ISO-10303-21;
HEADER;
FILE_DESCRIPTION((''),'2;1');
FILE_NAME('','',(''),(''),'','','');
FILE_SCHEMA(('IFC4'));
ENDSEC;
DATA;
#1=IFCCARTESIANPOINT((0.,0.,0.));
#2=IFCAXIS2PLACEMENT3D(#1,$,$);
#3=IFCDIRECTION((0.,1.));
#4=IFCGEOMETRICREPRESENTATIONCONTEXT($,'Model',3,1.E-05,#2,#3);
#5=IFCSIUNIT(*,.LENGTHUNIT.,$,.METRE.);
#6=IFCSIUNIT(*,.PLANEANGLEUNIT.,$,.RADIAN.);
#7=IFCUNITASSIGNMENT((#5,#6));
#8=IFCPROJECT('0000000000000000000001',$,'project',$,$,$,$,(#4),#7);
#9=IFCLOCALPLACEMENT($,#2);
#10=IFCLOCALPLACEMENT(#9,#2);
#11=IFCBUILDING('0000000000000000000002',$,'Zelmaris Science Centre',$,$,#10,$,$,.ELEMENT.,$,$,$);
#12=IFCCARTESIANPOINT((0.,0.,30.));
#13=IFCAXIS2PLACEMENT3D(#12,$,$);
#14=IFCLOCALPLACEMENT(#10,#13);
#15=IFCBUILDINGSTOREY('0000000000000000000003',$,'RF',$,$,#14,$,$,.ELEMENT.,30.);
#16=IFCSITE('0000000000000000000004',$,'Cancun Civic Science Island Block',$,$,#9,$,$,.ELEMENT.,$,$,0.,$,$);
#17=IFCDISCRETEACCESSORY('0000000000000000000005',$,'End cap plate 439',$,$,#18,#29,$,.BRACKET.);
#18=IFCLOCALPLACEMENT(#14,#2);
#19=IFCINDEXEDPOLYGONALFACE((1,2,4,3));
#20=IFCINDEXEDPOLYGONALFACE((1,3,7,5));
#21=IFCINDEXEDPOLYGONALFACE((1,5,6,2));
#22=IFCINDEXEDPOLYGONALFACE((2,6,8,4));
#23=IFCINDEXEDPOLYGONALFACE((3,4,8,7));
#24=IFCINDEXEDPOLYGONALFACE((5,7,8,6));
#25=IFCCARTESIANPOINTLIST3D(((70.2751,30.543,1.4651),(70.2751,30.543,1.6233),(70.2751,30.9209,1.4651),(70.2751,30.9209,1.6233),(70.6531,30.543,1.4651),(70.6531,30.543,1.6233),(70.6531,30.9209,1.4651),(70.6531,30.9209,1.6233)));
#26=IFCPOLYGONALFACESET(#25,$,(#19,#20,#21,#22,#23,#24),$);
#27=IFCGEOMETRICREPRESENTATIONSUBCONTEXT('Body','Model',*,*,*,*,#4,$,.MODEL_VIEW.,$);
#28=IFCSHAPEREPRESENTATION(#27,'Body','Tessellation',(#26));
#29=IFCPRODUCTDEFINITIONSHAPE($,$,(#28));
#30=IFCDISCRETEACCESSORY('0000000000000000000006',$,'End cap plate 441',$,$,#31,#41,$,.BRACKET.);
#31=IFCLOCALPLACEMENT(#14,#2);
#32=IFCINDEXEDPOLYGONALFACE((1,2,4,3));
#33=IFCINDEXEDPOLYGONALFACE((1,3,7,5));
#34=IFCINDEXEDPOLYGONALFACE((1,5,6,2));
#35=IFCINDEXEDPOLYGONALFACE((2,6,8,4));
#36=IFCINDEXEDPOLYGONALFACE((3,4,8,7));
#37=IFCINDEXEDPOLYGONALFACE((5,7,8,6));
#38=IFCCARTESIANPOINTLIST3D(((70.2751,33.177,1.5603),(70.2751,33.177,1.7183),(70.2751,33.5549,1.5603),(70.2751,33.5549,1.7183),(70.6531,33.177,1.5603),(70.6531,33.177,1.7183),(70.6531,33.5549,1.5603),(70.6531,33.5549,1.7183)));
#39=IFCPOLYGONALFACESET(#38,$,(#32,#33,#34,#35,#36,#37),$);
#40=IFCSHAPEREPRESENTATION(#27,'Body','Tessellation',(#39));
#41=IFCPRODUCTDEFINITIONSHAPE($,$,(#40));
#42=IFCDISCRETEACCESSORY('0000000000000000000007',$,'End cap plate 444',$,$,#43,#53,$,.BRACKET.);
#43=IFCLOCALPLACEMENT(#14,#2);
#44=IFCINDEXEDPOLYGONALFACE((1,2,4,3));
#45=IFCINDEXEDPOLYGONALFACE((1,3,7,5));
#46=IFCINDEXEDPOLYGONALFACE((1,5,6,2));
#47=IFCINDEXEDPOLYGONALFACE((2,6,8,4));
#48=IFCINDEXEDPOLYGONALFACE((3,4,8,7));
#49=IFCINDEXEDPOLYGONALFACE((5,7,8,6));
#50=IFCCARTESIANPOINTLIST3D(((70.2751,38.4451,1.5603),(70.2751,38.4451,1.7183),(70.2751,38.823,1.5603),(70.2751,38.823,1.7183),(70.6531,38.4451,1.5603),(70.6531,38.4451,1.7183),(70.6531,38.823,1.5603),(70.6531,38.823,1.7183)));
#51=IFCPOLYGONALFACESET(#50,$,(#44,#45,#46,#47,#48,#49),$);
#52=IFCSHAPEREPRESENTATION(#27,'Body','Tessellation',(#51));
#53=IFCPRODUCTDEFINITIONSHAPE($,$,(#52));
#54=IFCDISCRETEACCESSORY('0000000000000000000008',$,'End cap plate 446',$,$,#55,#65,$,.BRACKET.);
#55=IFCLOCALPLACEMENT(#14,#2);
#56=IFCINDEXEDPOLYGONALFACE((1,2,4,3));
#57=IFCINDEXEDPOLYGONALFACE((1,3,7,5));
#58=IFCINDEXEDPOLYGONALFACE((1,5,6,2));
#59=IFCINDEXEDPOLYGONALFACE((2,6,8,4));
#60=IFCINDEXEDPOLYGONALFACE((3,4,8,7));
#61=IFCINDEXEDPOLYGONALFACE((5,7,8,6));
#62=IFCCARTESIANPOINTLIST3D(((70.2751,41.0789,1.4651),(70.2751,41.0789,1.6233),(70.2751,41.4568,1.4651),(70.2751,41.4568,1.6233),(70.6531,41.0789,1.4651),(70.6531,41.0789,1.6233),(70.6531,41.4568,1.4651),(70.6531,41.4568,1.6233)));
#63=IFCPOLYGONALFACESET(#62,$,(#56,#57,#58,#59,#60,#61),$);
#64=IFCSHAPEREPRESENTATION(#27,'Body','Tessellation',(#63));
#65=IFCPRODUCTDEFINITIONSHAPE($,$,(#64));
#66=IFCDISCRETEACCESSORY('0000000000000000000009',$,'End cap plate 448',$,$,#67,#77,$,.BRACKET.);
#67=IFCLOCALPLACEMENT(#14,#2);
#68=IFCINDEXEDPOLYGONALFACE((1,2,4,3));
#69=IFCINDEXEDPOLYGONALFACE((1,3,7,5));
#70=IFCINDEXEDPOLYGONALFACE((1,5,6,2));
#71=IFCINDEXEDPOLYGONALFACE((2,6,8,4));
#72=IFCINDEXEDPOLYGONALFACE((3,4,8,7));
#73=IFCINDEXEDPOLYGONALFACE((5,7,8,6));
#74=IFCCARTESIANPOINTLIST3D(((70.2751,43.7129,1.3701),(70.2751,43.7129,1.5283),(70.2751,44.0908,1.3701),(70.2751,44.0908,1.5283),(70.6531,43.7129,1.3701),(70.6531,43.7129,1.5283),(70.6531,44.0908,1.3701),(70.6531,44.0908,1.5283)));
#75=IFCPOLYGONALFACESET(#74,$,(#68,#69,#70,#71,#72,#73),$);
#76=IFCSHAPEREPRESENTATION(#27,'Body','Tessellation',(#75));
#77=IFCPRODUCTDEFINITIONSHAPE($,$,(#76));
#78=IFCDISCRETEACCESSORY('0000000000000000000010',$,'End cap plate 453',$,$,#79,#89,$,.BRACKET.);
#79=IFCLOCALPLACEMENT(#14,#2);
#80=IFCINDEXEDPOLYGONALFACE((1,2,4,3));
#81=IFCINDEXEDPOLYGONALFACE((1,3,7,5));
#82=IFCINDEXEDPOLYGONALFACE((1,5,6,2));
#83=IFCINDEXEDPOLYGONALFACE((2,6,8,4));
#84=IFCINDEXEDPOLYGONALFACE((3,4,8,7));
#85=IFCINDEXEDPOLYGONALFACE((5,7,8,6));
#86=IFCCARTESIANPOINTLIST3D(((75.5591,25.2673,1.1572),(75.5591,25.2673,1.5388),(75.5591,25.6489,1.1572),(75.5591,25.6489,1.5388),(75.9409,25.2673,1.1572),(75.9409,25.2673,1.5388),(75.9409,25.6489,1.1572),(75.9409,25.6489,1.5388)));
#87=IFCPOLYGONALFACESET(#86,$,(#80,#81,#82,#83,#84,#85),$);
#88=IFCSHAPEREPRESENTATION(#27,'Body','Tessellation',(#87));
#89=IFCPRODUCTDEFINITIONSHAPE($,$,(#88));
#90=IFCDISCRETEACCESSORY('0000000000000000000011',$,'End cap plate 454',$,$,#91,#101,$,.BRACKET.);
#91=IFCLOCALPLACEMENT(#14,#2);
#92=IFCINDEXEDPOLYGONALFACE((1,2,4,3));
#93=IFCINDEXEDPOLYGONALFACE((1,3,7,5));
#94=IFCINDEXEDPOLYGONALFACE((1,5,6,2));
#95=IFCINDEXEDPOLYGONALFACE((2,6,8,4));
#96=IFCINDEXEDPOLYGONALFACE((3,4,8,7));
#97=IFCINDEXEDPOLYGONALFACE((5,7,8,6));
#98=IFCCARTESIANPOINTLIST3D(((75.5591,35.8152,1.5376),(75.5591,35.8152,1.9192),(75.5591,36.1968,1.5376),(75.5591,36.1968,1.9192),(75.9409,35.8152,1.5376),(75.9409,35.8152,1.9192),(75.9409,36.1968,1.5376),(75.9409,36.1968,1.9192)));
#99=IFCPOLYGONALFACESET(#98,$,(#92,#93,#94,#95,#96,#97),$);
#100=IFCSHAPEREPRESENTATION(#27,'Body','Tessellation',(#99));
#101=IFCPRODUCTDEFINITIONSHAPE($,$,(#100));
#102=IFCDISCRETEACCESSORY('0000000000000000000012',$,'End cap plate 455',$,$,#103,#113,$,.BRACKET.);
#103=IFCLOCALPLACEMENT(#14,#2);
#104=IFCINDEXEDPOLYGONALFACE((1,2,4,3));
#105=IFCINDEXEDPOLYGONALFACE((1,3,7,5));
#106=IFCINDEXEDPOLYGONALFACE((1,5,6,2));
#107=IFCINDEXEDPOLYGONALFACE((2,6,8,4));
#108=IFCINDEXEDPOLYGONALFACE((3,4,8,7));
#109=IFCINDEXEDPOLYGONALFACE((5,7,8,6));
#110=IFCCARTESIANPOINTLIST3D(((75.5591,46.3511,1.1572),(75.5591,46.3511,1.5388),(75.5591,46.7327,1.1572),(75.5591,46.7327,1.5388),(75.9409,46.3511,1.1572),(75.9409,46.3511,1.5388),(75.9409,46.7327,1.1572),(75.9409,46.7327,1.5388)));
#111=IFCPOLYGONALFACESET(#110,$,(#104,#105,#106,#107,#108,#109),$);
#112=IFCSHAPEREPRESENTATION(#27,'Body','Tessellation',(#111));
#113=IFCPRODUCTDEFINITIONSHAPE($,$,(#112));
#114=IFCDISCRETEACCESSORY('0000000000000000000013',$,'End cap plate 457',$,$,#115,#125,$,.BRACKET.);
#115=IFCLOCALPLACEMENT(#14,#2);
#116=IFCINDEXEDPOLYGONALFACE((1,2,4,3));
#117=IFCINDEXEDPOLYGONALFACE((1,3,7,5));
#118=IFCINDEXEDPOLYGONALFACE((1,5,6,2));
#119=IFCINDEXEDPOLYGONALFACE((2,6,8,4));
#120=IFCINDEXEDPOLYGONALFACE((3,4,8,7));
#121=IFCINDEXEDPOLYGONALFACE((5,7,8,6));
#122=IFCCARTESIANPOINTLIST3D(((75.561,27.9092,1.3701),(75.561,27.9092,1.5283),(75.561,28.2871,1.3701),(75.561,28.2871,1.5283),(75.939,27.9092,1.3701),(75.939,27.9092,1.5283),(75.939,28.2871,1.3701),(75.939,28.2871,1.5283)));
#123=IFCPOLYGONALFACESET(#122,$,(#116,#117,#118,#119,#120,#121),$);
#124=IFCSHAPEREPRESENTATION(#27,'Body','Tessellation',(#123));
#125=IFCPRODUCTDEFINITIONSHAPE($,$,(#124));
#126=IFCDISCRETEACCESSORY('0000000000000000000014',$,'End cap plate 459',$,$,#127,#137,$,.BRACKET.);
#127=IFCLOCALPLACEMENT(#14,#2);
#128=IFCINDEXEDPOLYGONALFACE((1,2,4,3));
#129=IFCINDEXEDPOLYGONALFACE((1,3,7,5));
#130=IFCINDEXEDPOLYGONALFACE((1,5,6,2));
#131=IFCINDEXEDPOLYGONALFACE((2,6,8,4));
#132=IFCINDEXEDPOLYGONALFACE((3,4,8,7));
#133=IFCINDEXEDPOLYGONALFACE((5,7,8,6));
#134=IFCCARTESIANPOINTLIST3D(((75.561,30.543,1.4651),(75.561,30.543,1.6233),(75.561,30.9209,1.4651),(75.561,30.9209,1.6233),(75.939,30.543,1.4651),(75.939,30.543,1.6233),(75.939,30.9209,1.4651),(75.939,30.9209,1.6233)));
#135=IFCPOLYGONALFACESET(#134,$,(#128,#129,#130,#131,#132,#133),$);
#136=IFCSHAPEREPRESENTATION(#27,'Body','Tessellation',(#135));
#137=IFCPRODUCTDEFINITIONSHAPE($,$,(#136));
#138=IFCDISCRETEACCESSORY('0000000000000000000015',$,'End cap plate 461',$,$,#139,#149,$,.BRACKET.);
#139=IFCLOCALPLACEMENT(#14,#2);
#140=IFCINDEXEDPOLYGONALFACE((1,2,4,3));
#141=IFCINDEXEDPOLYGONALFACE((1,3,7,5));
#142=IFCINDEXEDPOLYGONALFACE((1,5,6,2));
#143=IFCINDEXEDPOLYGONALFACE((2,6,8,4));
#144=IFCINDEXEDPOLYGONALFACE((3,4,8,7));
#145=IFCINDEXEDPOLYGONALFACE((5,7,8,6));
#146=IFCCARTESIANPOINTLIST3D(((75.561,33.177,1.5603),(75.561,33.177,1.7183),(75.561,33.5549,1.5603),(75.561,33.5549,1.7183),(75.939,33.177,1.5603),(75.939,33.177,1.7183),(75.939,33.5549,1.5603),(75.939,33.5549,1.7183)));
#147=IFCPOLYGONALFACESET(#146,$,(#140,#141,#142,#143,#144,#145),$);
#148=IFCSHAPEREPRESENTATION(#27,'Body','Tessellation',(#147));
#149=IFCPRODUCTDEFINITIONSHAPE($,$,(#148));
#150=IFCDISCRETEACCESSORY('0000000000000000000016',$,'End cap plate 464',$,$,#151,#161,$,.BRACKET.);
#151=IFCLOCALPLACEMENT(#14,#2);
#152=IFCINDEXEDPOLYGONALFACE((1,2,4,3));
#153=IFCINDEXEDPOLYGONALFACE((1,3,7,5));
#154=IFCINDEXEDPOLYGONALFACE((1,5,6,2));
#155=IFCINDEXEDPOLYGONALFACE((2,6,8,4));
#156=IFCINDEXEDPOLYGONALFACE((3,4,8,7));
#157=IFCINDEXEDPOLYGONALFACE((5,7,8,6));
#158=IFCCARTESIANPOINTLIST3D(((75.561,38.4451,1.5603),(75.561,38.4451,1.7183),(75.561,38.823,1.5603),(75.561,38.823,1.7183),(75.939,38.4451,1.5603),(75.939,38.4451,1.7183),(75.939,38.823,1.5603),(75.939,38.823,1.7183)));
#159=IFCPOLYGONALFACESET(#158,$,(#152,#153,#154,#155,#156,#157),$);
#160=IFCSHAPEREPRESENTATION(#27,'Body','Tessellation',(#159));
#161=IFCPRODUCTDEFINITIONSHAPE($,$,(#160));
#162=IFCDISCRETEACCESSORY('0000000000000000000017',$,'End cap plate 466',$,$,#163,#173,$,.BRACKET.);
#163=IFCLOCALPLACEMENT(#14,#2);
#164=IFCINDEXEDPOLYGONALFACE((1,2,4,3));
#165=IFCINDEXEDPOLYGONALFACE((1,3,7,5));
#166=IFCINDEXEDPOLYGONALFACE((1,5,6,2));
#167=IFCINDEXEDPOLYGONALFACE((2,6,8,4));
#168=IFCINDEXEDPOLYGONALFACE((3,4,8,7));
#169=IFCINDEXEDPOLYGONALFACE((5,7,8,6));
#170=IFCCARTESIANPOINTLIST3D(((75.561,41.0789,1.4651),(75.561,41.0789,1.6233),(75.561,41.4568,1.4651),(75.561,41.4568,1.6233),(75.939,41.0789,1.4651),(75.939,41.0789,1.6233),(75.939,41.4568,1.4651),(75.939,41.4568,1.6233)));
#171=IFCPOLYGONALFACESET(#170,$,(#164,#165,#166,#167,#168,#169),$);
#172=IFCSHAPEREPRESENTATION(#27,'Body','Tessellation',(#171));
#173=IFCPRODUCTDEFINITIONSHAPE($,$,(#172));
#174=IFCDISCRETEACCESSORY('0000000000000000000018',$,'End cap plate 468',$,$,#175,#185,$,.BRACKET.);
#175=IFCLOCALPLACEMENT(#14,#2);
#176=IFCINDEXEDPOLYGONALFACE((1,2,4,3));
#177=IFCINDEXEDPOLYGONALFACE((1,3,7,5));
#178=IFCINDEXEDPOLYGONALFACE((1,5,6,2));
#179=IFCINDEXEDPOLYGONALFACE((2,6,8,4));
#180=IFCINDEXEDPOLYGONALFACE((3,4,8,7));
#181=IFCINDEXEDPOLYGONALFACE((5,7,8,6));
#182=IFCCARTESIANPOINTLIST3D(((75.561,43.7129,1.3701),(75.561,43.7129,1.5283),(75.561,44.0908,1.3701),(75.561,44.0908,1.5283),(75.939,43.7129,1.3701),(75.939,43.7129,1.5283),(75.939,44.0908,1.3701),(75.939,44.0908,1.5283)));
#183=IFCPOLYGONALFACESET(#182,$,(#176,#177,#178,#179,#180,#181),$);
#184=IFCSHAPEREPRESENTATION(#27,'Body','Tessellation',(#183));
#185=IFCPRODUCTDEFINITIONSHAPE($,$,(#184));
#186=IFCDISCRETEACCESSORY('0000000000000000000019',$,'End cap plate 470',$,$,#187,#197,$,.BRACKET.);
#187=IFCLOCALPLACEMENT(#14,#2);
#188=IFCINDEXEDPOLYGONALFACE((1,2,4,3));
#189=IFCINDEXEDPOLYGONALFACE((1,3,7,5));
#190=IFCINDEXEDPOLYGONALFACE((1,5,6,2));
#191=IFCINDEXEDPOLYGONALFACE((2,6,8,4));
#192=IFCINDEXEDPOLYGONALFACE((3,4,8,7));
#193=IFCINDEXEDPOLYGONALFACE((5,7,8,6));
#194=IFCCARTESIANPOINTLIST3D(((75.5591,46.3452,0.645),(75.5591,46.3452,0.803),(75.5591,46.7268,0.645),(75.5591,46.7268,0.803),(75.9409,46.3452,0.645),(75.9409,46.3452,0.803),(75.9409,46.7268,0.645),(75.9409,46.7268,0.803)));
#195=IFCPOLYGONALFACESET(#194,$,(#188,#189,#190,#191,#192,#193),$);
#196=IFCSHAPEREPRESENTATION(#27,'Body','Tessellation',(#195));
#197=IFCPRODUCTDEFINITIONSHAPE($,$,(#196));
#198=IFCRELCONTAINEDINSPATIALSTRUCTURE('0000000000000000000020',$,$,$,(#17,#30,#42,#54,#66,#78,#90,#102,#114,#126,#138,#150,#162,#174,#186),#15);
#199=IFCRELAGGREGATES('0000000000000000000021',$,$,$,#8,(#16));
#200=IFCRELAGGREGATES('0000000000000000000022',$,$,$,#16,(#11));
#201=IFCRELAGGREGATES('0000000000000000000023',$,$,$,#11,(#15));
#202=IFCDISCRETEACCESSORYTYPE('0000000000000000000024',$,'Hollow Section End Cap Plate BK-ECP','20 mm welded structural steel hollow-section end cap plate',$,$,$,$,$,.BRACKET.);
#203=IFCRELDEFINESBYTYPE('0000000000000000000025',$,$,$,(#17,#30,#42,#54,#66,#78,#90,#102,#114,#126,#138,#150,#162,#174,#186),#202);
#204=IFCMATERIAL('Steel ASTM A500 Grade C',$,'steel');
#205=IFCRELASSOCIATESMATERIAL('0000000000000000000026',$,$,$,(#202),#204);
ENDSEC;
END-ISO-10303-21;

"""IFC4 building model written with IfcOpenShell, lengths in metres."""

from ifc_helpers import new_model, si_unit, direction, frame, origin, place, context, subcontext, project, spatial, polyline, outline, extrude, material, type_object, element, save


model = new_model("IFC4")

# Units and contexts
model_context = context("Model", 3, precision=1e-05, world=origin(), true_north=direction((0.0, 1.0)))
body_context = subcontext(model_context, "Body", "Model", "MODEL_VIEW")
ifc_project = project(units=[si_unit("LENGTHUNIT", "METRE"), si_unit("PLANEANGLEUNIT", "RADIAN")], contexts=[model_context])

# Site, building, storey
site_placement = place(None, origin())
site = spatial("IfcSite", under=ifc_project, at=site_placement, Name="Cancun Civic Science Island Block", CompositionType="ELEMENT", RefElevation=0.0)
building_placement = place(site_placement, origin())
building = spatial("IfcBuilding", under=site, at=building_placement, Name="Zelmaris Science Centre", CompositionType="ELEMENT")
storey_placement = place(building_placement, frame((0.0, 0.0, 30.0)))
storey = spatial("IfcBuildingStorey", under=building, at=storey_placement, Name="RF", CompositionType="ELEMENT", Elevation=30.0)

# Discrete accessories
ifc_material = material(Name="Steel ASTM A500 Grade C", Category="steel")
discrete_accessory_type = type_object("IfcDiscreteAccessoryType", Name="Hollow Section End Cap Plate BK-ECP", Description="20 mm welded structural steel hollow-section end cap plate", PredefinedType="BRACKET", material=ifc_material)
discrete_accessory_1_placement = place(storey_placement, frame((0.0, 0.0, 1.4651)))
element("IfcDiscreteAccessory", 1, at=discrete_accessory_1_placement, inside=storey, type_object=discrete_accessory_type, Name="End cap plate 439", PredefinedType="BRACKET", context=body_context, shape_type="SweptSolid", body=[
    extrude(outline(polyline([(70.2751, 30.543), (70.6531, 30.543), (70.6531, 30.9209), (70.2751, 30.9209), (70.2751, 30.543)])), origin(), (0.0, 0.0, 1.0), 0.1582),
])
discrete_accessory_2_placement = place(storey_placement, frame((0.0, 0.0, 1.5603)))
element("IfcDiscreteAccessory", 2, at=discrete_accessory_2_placement, inside=storey, type_object=discrete_accessory_type, Name="End cap plate 441", PredefinedType="BRACKET", context=body_context, shape_type="SweptSolid", body=[
    extrude(outline(polyline([(70.2751, 33.177), (70.6531, 33.177), (70.6531, 33.5549), (70.2751, 33.5549), (70.2751, 33.177)])), origin(), (0.0, 0.0, 1.0), 0.158),
])
discrete_accessory_3_placement = place(storey_placement, frame((0.0, 0.0, 1.5603)))
element("IfcDiscreteAccessory", 3, at=discrete_accessory_3_placement, inside=storey, type_object=discrete_accessory_type, Name="End cap plate 444", PredefinedType="BRACKET", context=body_context, shape_type="SweptSolid", body=[
    extrude(outline(polyline([(70.2751, 38.4451), (70.6531, 38.4451), (70.6531, 38.823), (70.2751, 38.823), (70.2751, 38.4451)])), origin(), (0.0, 0.0, 1.0), 0.158),
])
discrete_accessory_4_placement = place(storey_placement, frame((0.0, 0.0, 1.4651)))
element("IfcDiscreteAccessory", 4, at=discrete_accessory_4_placement, inside=storey, type_object=discrete_accessory_type, Name="End cap plate 446", PredefinedType="BRACKET", context=body_context, shape_type="SweptSolid", body=[
    extrude(outline(polyline([(70.2751, 41.0789), (70.6531, 41.0789), (70.6531, 41.4568), (70.2751, 41.4568), (70.2751, 41.0789)])), origin(), (0.0, 0.0, 1.0), 0.1582),
])
discrete_accessory_5_placement = place(storey_placement, frame((0.0, 0.0, 1.3701)))
element("IfcDiscreteAccessory", 5, at=discrete_accessory_5_placement, inside=storey, type_object=discrete_accessory_type, Name="End cap plate 448", PredefinedType="BRACKET", context=body_context, shape_type="SweptSolid", body=[
    extrude(outline(polyline([(70.2751, 43.7129), (70.6531, 43.7129), (70.6531, 44.0908), (70.2751, 44.0908), (70.2751, 43.7129)])), origin(), (0.0, 0.0, 1.0), 0.1582),
])
discrete_accessory_6_placement = place(storey_placement, frame((0.0, 0.0, 1.1572)))
element("IfcDiscreteAccessory", 6, at=discrete_accessory_6_placement, inside=storey, type_object=discrete_accessory_type, Name="End cap plate 453", PredefinedType="BRACKET", context=body_context, shape_type="SweptSolid", body=[
    extrude(outline(polyline([(75.5591, 25.2673), (75.9409, 25.2673), (75.9409, 25.6489), (75.5591, 25.6489), (75.5591, 25.2673)])), origin(), (0.0, 0.0, 1.0), 0.3816),
])
discrete_accessory_7_placement = place(storey_placement, frame((0.0, 0.0, 1.5376)))
element("IfcDiscreteAccessory", 7, at=discrete_accessory_7_placement, inside=storey, type_object=discrete_accessory_type, Name="End cap plate 454", PredefinedType="BRACKET", context=body_context, shape_type="SweptSolid", body=[
    extrude(outline(polyline([(75.5591, 35.8152), (75.9409, 35.8152), (75.9409, 36.1968), (75.5591, 36.1968), (75.5591, 35.8152)])), origin(), (0.0, 0.0, 1.0), 0.3816),
])
discrete_accessory_8_placement = place(storey_placement, frame((0.0, 0.0, 1.1572)))
element("IfcDiscreteAccessory", 8, at=discrete_accessory_8_placement, inside=storey, type_object=discrete_accessory_type, Name="End cap plate 455", PredefinedType="BRACKET", context=body_context, shape_type="SweptSolid", body=[
    extrude(outline(polyline([(75.5591, 46.3511), (75.9409, 46.3511), (75.9409, 46.7327), (75.5591, 46.7327), (75.5591, 46.3511)])), origin(), (0.0, 0.0, 1.0), 0.3816),
])
discrete_accessory_9_placement = place(storey_placement, frame((0.0, 0.0, 1.3701)))
element("IfcDiscreteAccessory", 9, at=discrete_accessory_9_placement, inside=storey, type_object=discrete_accessory_type, Name="End cap plate 457", PredefinedType="BRACKET", context=body_context, shape_type="SweptSolid", body=[
    extrude(outline(polyline([(75.561, 27.9092), (75.939, 27.9092), (75.939, 28.2871), (75.561, 28.2871), (75.561, 27.9092)])), origin(), (0.0, 0.0, 1.0), 0.1582),
])
discrete_accessory_10_placement = place(storey_placement, frame((0.0, 0.0, 1.4651)))
element("IfcDiscreteAccessory", 10, at=discrete_accessory_10_placement, inside=storey, type_object=discrete_accessory_type, Name="End cap plate 459", PredefinedType="BRACKET", context=body_context, shape_type="SweptSolid", body=[
    extrude(outline(polyline([(75.561, 30.543), (75.939, 30.543), (75.939, 30.9209), (75.561, 30.9209), (75.561, 30.543)])), origin(), (0.0, 0.0, 1.0), 0.1582),
])
discrete_accessory_11_placement = place(storey_placement, frame((0.0, 0.0, 1.5603)))
element("IfcDiscreteAccessory", 11, at=discrete_accessory_11_placement, inside=storey, type_object=discrete_accessory_type, Name="End cap plate 461", PredefinedType="BRACKET", context=body_context, shape_type="SweptSolid", body=[
    extrude(outline(polyline([(75.561, 33.177), (75.939, 33.177), (75.939, 33.5549), (75.561, 33.5549), (75.561, 33.177)])), origin(), (0.0, 0.0, 1.0), 0.158),
])
discrete_accessory_12_placement = place(storey_placement, frame((0.0, 0.0, 1.5603)))
element("IfcDiscreteAccessory", 12, at=discrete_accessory_12_placement, inside=storey, type_object=discrete_accessory_type, Name="End cap plate 464", PredefinedType="BRACKET", context=body_context, shape_type="SweptSolid", body=[
    extrude(outline(polyline([(75.561, 38.4451), (75.939, 38.4451), (75.939, 38.823), (75.561, 38.823), (75.561, 38.4451)])), origin(), (0.0, 0.0, 1.0), 0.158),
])
discrete_accessory_13_placement = place(storey_placement, frame((0.0, 0.0, 1.4651)))
element("IfcDiscreteAccessory", 13, at=discrete_accessory_13_placement, inside=storey, type_object=discrete_accessory_type, Name="End cap plate 466", PredefinedType="BRACKET", context=body_context, shape_type="SweptSolid", body=[
    extrude(outline(polyline([(75.561, 41.0789), (75.939, 41.0789), (75.939, 41.4568), (75.561, 41.4568), (75.561, 41.0789)])), origin(), (0.0, 0.0, 1.0), 0.1582),
])
discrete_accessory_14_placement = place(storey_placement, frame((0.0, 0.0, 1.3701)))
element("IfcDiscreteAccessory", 14, at=discrete_accessory_14_placement, inside=storey, type_object=discrete_accessory_type, Name="End cap plate 468", PredefinedType="BRACKET", context=body_context, shape_type="SweptSolid", body=[
    extrude(outline(polyline([(75.561, 43.7129), (75.939, 43.7129), (75.939, 44.0908), (75.561, 44.0908), (75.561, 43.7129)])), origin(), (0.0, 0.0, 1.0), 0.1582),
])
discrete_accessory_15_placement = place(storey_placement, frame((0.0, 0.0, 0.645)))
element("IfcDiscreteAccessory", 15, at=discrete_accessory_15_placement, inside=storey, type_object=discrete_accessory_type, Name="End cap plate 470", PredefinedType="BRACKET", context=body_context, shape_type="SweptSolid", body=[
    extrude(outline(polyline([(75.5591, 46.3452), (75.9409, 46.3452), (75.9409, 46.7268), (75.5591, 46.7268), (75.5591, 46.3452)])), origin(), (0.0, 0.0, 1.0), 0.158),
])

save(model, "model.ifc")
